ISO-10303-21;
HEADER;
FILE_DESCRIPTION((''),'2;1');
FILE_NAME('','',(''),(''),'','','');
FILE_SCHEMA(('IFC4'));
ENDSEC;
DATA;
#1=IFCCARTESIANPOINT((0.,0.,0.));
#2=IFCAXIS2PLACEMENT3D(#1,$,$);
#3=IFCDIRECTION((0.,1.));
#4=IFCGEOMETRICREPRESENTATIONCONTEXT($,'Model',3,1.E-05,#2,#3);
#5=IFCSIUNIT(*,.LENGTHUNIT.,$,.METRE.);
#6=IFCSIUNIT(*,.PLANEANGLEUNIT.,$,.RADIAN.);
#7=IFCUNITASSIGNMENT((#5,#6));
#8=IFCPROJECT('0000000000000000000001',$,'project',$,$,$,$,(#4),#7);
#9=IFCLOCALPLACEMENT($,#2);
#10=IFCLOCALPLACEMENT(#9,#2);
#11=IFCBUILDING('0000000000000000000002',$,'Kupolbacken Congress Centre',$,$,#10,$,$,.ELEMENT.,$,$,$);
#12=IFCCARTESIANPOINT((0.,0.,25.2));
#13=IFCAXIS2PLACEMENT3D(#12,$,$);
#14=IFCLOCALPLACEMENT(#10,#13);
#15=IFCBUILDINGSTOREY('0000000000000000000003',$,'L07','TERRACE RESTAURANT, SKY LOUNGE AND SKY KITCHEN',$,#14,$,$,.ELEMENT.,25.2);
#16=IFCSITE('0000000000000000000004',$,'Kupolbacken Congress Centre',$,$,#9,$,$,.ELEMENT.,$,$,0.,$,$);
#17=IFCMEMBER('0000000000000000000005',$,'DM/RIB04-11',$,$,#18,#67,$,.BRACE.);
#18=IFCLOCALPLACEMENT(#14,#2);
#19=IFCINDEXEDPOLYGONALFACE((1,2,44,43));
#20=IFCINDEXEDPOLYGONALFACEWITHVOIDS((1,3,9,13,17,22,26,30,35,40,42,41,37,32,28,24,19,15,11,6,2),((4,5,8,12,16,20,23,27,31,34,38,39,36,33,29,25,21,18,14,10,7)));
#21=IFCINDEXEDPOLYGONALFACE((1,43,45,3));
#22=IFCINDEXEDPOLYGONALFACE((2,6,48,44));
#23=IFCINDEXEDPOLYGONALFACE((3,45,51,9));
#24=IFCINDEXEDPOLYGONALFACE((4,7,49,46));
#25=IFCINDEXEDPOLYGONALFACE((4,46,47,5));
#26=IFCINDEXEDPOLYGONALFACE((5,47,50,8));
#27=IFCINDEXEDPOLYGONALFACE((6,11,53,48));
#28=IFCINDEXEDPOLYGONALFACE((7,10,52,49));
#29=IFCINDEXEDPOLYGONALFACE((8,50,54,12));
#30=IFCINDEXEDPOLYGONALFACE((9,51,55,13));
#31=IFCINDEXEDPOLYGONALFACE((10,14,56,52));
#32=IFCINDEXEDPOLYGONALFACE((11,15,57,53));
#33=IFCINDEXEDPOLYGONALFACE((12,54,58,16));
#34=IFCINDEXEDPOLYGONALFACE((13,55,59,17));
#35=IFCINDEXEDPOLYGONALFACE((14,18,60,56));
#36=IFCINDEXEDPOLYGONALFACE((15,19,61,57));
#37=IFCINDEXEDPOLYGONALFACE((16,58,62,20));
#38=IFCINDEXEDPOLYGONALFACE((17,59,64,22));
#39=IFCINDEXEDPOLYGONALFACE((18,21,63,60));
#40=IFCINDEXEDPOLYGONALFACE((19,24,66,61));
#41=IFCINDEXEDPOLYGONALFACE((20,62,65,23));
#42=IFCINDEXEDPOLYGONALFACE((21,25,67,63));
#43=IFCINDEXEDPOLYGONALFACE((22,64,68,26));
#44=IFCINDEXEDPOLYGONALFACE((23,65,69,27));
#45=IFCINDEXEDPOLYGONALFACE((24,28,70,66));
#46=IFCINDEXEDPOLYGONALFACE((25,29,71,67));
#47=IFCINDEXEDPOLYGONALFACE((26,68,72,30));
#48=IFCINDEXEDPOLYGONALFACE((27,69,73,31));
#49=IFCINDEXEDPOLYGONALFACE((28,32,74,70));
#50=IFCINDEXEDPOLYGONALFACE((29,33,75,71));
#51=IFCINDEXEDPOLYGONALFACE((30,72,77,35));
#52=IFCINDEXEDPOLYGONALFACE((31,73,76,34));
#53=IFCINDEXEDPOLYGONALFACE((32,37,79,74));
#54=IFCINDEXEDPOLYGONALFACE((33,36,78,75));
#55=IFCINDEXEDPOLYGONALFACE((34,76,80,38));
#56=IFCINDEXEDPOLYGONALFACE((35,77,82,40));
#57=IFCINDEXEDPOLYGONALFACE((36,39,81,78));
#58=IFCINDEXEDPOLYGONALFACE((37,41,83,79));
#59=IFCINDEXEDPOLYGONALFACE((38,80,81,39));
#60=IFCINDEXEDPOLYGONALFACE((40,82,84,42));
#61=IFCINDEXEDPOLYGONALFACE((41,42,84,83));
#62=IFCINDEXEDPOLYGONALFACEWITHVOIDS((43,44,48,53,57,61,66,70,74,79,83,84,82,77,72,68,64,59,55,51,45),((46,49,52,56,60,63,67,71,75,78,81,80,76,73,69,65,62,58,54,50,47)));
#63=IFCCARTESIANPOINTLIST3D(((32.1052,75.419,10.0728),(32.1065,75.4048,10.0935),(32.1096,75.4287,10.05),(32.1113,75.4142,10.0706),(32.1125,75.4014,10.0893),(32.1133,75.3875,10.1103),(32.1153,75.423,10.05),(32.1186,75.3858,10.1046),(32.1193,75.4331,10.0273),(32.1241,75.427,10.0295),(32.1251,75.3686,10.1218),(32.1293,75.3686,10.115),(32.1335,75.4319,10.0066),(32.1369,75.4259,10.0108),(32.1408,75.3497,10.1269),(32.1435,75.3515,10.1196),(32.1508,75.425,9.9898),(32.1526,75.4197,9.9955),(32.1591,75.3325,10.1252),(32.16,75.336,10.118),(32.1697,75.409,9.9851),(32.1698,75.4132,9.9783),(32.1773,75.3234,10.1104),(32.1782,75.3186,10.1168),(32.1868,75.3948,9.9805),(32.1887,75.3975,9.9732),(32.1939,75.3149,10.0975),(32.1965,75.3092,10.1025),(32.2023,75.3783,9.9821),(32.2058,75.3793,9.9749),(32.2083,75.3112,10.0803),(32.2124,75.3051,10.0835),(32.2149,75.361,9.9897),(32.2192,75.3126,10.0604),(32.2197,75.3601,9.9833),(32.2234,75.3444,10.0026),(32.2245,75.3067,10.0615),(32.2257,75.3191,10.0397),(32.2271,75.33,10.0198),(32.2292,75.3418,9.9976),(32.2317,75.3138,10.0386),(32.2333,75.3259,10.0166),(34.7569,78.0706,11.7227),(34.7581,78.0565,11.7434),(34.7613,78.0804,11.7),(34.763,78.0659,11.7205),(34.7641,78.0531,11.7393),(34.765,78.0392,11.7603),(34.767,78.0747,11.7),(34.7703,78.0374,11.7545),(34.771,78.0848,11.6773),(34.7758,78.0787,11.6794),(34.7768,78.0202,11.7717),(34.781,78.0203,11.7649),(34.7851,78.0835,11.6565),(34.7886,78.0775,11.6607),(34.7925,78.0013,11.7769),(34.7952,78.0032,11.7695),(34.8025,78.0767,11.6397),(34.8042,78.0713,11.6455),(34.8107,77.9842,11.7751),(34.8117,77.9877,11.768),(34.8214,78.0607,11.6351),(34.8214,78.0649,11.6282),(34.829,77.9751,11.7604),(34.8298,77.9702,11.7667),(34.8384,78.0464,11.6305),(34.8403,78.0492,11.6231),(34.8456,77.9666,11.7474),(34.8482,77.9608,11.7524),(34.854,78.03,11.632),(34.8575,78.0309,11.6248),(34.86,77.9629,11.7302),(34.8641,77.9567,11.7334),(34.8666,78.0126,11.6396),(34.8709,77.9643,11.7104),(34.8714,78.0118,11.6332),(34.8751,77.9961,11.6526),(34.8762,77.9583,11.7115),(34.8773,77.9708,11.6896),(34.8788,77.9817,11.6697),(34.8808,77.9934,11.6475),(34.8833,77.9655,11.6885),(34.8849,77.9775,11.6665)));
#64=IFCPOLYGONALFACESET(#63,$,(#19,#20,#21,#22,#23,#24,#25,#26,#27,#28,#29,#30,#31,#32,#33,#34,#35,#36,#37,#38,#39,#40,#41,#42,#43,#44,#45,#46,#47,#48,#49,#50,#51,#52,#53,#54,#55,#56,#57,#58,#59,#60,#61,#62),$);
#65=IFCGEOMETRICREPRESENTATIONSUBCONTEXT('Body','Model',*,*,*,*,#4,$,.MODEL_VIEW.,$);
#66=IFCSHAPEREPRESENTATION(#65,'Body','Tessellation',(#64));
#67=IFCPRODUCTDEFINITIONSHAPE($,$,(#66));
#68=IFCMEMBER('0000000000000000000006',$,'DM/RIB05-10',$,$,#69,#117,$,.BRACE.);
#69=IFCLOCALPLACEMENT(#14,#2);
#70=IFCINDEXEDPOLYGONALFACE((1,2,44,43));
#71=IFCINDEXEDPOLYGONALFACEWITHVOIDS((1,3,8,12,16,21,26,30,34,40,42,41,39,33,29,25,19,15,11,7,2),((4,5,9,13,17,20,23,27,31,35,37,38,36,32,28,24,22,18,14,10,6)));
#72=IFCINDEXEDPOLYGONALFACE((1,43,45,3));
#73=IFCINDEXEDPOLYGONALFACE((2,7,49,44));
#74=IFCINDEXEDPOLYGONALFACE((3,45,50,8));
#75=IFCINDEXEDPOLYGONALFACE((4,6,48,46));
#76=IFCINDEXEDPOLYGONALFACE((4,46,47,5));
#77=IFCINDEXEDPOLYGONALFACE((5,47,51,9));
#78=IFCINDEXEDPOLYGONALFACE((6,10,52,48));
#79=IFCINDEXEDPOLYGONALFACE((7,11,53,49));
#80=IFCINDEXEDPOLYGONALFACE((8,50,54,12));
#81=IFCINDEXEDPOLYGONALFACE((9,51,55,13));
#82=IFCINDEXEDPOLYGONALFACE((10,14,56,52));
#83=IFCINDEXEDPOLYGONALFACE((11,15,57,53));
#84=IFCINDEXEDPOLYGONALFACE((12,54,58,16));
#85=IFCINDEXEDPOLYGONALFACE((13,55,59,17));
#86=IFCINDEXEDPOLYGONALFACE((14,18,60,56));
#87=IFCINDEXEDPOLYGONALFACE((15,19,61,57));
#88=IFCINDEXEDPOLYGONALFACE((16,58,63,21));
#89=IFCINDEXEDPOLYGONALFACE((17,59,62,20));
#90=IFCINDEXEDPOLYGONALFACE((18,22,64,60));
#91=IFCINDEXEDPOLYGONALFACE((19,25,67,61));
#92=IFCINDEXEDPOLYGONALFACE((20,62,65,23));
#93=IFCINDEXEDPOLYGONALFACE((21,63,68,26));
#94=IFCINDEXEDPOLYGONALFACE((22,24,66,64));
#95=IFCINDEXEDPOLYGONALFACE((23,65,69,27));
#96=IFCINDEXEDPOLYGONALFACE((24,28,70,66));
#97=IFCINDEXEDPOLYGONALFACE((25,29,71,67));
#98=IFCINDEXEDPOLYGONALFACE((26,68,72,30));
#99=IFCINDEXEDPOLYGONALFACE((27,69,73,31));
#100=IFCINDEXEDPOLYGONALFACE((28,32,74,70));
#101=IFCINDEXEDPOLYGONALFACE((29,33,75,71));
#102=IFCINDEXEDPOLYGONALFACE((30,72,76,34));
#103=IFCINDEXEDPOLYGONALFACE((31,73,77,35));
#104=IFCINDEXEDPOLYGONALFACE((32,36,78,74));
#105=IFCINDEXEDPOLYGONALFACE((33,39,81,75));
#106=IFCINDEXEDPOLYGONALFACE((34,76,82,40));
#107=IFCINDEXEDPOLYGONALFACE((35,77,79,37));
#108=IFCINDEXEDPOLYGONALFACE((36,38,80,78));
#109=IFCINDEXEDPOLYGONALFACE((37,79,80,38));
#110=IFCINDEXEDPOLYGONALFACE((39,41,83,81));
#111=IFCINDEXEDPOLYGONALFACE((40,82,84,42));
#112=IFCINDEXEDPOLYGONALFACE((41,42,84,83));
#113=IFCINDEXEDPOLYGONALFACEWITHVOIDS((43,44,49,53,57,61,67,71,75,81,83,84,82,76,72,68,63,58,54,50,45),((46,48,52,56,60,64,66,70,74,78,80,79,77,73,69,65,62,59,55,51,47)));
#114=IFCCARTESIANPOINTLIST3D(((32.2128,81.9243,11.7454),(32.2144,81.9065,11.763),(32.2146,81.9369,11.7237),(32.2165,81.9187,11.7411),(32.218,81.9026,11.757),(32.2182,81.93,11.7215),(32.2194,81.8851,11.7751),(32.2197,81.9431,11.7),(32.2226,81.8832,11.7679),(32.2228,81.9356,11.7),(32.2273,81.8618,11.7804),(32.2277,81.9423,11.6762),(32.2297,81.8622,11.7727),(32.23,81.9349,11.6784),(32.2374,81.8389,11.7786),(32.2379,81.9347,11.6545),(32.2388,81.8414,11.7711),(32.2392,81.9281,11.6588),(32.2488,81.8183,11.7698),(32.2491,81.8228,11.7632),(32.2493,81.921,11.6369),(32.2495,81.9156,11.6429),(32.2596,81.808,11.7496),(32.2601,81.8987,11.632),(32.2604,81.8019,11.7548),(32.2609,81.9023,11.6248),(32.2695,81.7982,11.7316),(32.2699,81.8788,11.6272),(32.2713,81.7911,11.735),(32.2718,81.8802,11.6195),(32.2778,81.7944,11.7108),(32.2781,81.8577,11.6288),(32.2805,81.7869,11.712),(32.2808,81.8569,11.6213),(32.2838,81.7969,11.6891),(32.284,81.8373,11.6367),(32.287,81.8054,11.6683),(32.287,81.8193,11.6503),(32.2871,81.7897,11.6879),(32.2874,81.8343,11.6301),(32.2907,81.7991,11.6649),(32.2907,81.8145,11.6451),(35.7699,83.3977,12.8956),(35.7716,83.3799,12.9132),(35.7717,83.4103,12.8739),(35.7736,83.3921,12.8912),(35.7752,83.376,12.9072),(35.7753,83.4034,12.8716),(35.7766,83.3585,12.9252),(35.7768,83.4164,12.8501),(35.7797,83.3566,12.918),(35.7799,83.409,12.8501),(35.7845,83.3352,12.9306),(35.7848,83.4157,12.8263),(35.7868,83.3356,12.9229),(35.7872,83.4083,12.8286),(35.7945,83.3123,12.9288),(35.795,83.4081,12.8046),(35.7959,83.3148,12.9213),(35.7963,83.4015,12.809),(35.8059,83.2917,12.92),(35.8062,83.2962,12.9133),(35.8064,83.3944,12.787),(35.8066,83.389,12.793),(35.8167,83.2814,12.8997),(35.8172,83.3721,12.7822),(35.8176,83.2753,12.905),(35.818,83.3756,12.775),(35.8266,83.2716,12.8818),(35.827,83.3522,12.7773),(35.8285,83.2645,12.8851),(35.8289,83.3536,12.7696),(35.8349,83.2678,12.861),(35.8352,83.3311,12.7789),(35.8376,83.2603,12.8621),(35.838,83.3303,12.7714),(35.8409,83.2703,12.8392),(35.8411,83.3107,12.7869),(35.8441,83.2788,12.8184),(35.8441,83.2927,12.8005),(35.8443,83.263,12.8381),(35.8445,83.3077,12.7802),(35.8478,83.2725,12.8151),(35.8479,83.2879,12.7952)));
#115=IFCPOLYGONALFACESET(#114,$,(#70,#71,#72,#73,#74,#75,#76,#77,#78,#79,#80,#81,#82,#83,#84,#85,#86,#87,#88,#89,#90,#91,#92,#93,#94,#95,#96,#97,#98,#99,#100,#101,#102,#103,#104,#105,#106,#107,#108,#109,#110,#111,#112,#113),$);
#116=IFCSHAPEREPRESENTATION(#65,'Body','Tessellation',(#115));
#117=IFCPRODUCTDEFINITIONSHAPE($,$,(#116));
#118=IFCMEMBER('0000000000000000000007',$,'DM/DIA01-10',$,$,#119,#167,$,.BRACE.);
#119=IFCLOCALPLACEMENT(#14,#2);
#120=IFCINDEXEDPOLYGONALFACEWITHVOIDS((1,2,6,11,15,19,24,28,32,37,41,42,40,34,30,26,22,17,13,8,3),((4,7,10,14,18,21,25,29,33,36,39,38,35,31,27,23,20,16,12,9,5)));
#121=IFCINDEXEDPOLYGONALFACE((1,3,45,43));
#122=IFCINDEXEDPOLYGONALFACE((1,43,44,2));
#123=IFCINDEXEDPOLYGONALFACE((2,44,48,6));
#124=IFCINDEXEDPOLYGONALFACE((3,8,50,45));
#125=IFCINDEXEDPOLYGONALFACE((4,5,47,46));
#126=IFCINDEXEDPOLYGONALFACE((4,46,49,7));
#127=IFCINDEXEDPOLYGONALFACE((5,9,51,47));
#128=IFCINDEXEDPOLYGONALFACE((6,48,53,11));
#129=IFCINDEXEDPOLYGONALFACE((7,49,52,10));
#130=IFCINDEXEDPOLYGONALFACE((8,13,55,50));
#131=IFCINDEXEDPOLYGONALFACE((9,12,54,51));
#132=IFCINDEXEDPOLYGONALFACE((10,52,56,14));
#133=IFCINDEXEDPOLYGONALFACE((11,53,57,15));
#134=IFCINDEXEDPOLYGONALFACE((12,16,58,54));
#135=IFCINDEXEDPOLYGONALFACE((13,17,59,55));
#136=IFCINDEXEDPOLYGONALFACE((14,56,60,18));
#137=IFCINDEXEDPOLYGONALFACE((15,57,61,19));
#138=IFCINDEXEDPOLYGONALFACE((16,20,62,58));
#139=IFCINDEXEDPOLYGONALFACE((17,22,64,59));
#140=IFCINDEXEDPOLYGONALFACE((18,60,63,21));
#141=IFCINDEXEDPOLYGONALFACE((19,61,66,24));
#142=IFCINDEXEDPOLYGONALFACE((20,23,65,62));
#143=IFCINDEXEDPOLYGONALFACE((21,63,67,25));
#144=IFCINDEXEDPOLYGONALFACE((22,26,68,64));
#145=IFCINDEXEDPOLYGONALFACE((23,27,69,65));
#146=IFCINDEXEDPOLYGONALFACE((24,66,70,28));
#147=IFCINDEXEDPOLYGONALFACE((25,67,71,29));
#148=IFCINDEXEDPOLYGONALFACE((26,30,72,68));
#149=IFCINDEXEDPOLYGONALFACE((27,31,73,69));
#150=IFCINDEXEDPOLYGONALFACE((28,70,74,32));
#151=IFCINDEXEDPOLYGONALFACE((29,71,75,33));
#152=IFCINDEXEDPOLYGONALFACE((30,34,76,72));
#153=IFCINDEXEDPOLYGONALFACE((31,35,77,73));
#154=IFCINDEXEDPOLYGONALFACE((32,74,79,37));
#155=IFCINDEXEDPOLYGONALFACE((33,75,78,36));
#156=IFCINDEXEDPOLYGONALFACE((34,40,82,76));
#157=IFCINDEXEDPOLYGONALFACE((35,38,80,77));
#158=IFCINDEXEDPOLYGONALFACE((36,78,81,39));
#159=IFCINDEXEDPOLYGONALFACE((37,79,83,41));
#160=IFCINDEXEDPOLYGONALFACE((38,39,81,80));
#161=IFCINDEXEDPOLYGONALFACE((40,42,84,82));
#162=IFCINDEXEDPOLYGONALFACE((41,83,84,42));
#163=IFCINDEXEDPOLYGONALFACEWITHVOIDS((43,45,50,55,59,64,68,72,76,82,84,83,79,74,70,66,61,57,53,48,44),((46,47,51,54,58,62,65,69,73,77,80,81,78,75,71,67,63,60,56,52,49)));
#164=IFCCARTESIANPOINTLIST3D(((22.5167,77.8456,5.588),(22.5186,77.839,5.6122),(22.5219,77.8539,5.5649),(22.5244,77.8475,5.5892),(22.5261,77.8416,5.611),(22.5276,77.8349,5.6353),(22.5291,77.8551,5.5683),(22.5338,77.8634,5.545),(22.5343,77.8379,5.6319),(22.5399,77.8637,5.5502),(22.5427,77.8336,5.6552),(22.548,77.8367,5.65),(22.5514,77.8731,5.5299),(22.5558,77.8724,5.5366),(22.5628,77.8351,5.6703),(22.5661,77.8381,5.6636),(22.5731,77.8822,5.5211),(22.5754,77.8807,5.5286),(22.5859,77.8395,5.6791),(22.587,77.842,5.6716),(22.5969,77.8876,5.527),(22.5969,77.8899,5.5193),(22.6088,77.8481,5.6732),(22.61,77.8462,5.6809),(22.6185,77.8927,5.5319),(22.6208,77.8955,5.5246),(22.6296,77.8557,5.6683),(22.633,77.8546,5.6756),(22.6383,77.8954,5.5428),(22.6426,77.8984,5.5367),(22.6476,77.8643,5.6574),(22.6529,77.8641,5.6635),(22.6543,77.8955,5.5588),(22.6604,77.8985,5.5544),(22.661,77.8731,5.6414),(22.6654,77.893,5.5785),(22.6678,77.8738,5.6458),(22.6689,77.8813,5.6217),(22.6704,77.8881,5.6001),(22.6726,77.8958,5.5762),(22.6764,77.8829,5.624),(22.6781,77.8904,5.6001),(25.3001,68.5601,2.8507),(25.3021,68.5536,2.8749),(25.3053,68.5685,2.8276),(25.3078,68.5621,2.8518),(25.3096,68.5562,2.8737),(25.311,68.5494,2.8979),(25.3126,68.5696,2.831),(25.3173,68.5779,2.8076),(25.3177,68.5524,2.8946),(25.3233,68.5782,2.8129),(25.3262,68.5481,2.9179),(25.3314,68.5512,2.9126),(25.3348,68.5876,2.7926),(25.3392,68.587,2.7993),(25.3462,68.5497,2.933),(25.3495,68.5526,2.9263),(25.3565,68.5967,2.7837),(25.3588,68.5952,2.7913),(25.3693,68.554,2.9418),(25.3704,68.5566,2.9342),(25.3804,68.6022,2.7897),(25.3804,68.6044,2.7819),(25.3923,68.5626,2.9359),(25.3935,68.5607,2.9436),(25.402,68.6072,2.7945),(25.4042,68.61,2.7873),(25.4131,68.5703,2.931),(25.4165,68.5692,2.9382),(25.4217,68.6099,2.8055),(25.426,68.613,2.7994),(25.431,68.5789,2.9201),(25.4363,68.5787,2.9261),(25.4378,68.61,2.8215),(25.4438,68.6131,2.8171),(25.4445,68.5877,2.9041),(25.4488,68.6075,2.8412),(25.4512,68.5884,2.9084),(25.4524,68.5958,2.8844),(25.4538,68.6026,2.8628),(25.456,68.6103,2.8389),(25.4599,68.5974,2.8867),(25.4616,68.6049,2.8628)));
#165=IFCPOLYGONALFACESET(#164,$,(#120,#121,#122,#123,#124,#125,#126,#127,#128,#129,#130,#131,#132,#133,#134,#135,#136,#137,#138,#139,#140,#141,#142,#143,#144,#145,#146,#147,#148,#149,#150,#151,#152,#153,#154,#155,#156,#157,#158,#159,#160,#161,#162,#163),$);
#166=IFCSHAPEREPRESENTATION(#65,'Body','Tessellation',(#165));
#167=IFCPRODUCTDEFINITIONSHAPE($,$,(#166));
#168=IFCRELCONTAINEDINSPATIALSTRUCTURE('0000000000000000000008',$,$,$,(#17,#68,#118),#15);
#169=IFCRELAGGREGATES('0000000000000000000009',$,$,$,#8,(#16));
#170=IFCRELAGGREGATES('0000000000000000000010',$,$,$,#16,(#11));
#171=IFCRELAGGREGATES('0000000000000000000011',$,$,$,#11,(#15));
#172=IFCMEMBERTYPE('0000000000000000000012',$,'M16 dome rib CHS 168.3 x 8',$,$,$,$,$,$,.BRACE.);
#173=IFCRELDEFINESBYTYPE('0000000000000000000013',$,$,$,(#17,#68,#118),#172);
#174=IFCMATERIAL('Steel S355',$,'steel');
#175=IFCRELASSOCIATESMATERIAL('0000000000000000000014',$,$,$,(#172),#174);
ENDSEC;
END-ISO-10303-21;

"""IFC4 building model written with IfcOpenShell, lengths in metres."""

from ifc_helpers import new_model, si_unit, direction, frame, origin, origin_2d, place, context, subcontext, project, spatial, hollow_circle, extrude, material, material_profile, profile_set, type_object, element, save


model = new_model("IFC4")

# Units and contexts
model_context = context("Model", 3, precision=1e-05, world=origin(), true_north=direction((0.0, 1.0)))
body_context = subcontext(model_context, "Body", "Model", "MODEL_VIEW")
ifc_project = project(units=[si_unit("LENGTHUNIT", "METRE"), si_unit("PLANEANGLEUNIT", "RADIAN")], contexts=[model_context])

# Site, building, storey
site_placement = place(None, origin())
site = spatial("IfcSite", under=ifc_project, at=site_placement, Name="Kupolbacken Congress Centre", CompositionType="ELEMENT", RefElevation=0.0)
building_placement = place(site_placement, origin())
building = spatial("IfcBuilding", under=site, at=building_placement, Name="Kupolbacken Congress Centre", CompositionType="ELEMENT")
storey_placement = place(building_placement, frame((0.0, 0.0, 25.2)))
storey = spatial("IfcBuildingStorey", under=building, at=storey_placement, Name="L07", Description="TERRACE RESTAURANT, SKY LOUNGE AND SKY KITCHEN", CompositionType="ELEMENT", Elevation=25.2)

# Members
ifc_material_1 = material(Name="Steel S355", Category="steel")
ifc_material_profile_1 = material_profile(ifc_material_1, hollow_circle(Radius=0.0842, WallThickness=0.0081, at=origin_2d()), Name="CHS 168.3 x 8")
ifc_profile_set_1 = profile_set([ifc_material_profile_1], Name="Steel S355")
member_type_1 = type_object("IfcMemberType", Name="M16 dome rib CHS 168.3 x 8", PredefinedType="BRACE", material=ifc_profile_set_1)
member_1_placement = place(storey_placement, frame((32.1692, 75.3691, 10.05), z_axis=(0.64723, 0.64723, 0.402724), x_axis=(-0.707107, 0.707107, 0.0)))
element("IfcMember", 1, at=member_1_placement, inside=storey, type_object=member_type_1, Name="DM/RIB04-11", PredefinedType="BRACE", context=body_context, shape_type="SweptSolid", body=[
    extrude(hollow_circle(Radius=0.0842, WallThickness=0.0081, at=origin_2d()), origin(), (0.0, 0.0, 1.0), 4.0969),
])
member_2_placement = place(storey_placement, frame((32.252, 81.8652, 11.7), z_axis=(0.885228, 0.366668, 0.286226), x_axis=(-0.382678, 0.923882, 0.0)))
element("IfcMember", 2, at=member_2_placement, inside=storey, type_object=member_type_1, Name="DM/RIB05-10", PredefinedType="BRACE", context=body_context, shape_type="SweptSolid", body=[
    extrude(hollow_circle(Radius=0.0842, WallThickness=0.0081, at=origin_2d()), origin(), (0.0, 0.0, 1.0), 4.0183),
])
member_3_placement = place(storey_placement, frame((22.5974, 77.8662, 5.6001), z_axis=(0.276336, -0.921839, -0.271755), x_axis=(0.957888, 0.287142, 0.0)))
element("IfcMember", 3, at=member_3_placement, inside=storey, type_object=member_type_1, Name="DM/DIA01-10", PredefinedType="BRACE", context=body_context, shape_type="SweptSolid", body=[
    extrude(hollow_circle(Radius=0.0842, WallThickness=0.0081, at=origin_2d()), origin(), (0.0, 0.0, 1.0), 10.0728),
])

save(model, "model.ifc")
